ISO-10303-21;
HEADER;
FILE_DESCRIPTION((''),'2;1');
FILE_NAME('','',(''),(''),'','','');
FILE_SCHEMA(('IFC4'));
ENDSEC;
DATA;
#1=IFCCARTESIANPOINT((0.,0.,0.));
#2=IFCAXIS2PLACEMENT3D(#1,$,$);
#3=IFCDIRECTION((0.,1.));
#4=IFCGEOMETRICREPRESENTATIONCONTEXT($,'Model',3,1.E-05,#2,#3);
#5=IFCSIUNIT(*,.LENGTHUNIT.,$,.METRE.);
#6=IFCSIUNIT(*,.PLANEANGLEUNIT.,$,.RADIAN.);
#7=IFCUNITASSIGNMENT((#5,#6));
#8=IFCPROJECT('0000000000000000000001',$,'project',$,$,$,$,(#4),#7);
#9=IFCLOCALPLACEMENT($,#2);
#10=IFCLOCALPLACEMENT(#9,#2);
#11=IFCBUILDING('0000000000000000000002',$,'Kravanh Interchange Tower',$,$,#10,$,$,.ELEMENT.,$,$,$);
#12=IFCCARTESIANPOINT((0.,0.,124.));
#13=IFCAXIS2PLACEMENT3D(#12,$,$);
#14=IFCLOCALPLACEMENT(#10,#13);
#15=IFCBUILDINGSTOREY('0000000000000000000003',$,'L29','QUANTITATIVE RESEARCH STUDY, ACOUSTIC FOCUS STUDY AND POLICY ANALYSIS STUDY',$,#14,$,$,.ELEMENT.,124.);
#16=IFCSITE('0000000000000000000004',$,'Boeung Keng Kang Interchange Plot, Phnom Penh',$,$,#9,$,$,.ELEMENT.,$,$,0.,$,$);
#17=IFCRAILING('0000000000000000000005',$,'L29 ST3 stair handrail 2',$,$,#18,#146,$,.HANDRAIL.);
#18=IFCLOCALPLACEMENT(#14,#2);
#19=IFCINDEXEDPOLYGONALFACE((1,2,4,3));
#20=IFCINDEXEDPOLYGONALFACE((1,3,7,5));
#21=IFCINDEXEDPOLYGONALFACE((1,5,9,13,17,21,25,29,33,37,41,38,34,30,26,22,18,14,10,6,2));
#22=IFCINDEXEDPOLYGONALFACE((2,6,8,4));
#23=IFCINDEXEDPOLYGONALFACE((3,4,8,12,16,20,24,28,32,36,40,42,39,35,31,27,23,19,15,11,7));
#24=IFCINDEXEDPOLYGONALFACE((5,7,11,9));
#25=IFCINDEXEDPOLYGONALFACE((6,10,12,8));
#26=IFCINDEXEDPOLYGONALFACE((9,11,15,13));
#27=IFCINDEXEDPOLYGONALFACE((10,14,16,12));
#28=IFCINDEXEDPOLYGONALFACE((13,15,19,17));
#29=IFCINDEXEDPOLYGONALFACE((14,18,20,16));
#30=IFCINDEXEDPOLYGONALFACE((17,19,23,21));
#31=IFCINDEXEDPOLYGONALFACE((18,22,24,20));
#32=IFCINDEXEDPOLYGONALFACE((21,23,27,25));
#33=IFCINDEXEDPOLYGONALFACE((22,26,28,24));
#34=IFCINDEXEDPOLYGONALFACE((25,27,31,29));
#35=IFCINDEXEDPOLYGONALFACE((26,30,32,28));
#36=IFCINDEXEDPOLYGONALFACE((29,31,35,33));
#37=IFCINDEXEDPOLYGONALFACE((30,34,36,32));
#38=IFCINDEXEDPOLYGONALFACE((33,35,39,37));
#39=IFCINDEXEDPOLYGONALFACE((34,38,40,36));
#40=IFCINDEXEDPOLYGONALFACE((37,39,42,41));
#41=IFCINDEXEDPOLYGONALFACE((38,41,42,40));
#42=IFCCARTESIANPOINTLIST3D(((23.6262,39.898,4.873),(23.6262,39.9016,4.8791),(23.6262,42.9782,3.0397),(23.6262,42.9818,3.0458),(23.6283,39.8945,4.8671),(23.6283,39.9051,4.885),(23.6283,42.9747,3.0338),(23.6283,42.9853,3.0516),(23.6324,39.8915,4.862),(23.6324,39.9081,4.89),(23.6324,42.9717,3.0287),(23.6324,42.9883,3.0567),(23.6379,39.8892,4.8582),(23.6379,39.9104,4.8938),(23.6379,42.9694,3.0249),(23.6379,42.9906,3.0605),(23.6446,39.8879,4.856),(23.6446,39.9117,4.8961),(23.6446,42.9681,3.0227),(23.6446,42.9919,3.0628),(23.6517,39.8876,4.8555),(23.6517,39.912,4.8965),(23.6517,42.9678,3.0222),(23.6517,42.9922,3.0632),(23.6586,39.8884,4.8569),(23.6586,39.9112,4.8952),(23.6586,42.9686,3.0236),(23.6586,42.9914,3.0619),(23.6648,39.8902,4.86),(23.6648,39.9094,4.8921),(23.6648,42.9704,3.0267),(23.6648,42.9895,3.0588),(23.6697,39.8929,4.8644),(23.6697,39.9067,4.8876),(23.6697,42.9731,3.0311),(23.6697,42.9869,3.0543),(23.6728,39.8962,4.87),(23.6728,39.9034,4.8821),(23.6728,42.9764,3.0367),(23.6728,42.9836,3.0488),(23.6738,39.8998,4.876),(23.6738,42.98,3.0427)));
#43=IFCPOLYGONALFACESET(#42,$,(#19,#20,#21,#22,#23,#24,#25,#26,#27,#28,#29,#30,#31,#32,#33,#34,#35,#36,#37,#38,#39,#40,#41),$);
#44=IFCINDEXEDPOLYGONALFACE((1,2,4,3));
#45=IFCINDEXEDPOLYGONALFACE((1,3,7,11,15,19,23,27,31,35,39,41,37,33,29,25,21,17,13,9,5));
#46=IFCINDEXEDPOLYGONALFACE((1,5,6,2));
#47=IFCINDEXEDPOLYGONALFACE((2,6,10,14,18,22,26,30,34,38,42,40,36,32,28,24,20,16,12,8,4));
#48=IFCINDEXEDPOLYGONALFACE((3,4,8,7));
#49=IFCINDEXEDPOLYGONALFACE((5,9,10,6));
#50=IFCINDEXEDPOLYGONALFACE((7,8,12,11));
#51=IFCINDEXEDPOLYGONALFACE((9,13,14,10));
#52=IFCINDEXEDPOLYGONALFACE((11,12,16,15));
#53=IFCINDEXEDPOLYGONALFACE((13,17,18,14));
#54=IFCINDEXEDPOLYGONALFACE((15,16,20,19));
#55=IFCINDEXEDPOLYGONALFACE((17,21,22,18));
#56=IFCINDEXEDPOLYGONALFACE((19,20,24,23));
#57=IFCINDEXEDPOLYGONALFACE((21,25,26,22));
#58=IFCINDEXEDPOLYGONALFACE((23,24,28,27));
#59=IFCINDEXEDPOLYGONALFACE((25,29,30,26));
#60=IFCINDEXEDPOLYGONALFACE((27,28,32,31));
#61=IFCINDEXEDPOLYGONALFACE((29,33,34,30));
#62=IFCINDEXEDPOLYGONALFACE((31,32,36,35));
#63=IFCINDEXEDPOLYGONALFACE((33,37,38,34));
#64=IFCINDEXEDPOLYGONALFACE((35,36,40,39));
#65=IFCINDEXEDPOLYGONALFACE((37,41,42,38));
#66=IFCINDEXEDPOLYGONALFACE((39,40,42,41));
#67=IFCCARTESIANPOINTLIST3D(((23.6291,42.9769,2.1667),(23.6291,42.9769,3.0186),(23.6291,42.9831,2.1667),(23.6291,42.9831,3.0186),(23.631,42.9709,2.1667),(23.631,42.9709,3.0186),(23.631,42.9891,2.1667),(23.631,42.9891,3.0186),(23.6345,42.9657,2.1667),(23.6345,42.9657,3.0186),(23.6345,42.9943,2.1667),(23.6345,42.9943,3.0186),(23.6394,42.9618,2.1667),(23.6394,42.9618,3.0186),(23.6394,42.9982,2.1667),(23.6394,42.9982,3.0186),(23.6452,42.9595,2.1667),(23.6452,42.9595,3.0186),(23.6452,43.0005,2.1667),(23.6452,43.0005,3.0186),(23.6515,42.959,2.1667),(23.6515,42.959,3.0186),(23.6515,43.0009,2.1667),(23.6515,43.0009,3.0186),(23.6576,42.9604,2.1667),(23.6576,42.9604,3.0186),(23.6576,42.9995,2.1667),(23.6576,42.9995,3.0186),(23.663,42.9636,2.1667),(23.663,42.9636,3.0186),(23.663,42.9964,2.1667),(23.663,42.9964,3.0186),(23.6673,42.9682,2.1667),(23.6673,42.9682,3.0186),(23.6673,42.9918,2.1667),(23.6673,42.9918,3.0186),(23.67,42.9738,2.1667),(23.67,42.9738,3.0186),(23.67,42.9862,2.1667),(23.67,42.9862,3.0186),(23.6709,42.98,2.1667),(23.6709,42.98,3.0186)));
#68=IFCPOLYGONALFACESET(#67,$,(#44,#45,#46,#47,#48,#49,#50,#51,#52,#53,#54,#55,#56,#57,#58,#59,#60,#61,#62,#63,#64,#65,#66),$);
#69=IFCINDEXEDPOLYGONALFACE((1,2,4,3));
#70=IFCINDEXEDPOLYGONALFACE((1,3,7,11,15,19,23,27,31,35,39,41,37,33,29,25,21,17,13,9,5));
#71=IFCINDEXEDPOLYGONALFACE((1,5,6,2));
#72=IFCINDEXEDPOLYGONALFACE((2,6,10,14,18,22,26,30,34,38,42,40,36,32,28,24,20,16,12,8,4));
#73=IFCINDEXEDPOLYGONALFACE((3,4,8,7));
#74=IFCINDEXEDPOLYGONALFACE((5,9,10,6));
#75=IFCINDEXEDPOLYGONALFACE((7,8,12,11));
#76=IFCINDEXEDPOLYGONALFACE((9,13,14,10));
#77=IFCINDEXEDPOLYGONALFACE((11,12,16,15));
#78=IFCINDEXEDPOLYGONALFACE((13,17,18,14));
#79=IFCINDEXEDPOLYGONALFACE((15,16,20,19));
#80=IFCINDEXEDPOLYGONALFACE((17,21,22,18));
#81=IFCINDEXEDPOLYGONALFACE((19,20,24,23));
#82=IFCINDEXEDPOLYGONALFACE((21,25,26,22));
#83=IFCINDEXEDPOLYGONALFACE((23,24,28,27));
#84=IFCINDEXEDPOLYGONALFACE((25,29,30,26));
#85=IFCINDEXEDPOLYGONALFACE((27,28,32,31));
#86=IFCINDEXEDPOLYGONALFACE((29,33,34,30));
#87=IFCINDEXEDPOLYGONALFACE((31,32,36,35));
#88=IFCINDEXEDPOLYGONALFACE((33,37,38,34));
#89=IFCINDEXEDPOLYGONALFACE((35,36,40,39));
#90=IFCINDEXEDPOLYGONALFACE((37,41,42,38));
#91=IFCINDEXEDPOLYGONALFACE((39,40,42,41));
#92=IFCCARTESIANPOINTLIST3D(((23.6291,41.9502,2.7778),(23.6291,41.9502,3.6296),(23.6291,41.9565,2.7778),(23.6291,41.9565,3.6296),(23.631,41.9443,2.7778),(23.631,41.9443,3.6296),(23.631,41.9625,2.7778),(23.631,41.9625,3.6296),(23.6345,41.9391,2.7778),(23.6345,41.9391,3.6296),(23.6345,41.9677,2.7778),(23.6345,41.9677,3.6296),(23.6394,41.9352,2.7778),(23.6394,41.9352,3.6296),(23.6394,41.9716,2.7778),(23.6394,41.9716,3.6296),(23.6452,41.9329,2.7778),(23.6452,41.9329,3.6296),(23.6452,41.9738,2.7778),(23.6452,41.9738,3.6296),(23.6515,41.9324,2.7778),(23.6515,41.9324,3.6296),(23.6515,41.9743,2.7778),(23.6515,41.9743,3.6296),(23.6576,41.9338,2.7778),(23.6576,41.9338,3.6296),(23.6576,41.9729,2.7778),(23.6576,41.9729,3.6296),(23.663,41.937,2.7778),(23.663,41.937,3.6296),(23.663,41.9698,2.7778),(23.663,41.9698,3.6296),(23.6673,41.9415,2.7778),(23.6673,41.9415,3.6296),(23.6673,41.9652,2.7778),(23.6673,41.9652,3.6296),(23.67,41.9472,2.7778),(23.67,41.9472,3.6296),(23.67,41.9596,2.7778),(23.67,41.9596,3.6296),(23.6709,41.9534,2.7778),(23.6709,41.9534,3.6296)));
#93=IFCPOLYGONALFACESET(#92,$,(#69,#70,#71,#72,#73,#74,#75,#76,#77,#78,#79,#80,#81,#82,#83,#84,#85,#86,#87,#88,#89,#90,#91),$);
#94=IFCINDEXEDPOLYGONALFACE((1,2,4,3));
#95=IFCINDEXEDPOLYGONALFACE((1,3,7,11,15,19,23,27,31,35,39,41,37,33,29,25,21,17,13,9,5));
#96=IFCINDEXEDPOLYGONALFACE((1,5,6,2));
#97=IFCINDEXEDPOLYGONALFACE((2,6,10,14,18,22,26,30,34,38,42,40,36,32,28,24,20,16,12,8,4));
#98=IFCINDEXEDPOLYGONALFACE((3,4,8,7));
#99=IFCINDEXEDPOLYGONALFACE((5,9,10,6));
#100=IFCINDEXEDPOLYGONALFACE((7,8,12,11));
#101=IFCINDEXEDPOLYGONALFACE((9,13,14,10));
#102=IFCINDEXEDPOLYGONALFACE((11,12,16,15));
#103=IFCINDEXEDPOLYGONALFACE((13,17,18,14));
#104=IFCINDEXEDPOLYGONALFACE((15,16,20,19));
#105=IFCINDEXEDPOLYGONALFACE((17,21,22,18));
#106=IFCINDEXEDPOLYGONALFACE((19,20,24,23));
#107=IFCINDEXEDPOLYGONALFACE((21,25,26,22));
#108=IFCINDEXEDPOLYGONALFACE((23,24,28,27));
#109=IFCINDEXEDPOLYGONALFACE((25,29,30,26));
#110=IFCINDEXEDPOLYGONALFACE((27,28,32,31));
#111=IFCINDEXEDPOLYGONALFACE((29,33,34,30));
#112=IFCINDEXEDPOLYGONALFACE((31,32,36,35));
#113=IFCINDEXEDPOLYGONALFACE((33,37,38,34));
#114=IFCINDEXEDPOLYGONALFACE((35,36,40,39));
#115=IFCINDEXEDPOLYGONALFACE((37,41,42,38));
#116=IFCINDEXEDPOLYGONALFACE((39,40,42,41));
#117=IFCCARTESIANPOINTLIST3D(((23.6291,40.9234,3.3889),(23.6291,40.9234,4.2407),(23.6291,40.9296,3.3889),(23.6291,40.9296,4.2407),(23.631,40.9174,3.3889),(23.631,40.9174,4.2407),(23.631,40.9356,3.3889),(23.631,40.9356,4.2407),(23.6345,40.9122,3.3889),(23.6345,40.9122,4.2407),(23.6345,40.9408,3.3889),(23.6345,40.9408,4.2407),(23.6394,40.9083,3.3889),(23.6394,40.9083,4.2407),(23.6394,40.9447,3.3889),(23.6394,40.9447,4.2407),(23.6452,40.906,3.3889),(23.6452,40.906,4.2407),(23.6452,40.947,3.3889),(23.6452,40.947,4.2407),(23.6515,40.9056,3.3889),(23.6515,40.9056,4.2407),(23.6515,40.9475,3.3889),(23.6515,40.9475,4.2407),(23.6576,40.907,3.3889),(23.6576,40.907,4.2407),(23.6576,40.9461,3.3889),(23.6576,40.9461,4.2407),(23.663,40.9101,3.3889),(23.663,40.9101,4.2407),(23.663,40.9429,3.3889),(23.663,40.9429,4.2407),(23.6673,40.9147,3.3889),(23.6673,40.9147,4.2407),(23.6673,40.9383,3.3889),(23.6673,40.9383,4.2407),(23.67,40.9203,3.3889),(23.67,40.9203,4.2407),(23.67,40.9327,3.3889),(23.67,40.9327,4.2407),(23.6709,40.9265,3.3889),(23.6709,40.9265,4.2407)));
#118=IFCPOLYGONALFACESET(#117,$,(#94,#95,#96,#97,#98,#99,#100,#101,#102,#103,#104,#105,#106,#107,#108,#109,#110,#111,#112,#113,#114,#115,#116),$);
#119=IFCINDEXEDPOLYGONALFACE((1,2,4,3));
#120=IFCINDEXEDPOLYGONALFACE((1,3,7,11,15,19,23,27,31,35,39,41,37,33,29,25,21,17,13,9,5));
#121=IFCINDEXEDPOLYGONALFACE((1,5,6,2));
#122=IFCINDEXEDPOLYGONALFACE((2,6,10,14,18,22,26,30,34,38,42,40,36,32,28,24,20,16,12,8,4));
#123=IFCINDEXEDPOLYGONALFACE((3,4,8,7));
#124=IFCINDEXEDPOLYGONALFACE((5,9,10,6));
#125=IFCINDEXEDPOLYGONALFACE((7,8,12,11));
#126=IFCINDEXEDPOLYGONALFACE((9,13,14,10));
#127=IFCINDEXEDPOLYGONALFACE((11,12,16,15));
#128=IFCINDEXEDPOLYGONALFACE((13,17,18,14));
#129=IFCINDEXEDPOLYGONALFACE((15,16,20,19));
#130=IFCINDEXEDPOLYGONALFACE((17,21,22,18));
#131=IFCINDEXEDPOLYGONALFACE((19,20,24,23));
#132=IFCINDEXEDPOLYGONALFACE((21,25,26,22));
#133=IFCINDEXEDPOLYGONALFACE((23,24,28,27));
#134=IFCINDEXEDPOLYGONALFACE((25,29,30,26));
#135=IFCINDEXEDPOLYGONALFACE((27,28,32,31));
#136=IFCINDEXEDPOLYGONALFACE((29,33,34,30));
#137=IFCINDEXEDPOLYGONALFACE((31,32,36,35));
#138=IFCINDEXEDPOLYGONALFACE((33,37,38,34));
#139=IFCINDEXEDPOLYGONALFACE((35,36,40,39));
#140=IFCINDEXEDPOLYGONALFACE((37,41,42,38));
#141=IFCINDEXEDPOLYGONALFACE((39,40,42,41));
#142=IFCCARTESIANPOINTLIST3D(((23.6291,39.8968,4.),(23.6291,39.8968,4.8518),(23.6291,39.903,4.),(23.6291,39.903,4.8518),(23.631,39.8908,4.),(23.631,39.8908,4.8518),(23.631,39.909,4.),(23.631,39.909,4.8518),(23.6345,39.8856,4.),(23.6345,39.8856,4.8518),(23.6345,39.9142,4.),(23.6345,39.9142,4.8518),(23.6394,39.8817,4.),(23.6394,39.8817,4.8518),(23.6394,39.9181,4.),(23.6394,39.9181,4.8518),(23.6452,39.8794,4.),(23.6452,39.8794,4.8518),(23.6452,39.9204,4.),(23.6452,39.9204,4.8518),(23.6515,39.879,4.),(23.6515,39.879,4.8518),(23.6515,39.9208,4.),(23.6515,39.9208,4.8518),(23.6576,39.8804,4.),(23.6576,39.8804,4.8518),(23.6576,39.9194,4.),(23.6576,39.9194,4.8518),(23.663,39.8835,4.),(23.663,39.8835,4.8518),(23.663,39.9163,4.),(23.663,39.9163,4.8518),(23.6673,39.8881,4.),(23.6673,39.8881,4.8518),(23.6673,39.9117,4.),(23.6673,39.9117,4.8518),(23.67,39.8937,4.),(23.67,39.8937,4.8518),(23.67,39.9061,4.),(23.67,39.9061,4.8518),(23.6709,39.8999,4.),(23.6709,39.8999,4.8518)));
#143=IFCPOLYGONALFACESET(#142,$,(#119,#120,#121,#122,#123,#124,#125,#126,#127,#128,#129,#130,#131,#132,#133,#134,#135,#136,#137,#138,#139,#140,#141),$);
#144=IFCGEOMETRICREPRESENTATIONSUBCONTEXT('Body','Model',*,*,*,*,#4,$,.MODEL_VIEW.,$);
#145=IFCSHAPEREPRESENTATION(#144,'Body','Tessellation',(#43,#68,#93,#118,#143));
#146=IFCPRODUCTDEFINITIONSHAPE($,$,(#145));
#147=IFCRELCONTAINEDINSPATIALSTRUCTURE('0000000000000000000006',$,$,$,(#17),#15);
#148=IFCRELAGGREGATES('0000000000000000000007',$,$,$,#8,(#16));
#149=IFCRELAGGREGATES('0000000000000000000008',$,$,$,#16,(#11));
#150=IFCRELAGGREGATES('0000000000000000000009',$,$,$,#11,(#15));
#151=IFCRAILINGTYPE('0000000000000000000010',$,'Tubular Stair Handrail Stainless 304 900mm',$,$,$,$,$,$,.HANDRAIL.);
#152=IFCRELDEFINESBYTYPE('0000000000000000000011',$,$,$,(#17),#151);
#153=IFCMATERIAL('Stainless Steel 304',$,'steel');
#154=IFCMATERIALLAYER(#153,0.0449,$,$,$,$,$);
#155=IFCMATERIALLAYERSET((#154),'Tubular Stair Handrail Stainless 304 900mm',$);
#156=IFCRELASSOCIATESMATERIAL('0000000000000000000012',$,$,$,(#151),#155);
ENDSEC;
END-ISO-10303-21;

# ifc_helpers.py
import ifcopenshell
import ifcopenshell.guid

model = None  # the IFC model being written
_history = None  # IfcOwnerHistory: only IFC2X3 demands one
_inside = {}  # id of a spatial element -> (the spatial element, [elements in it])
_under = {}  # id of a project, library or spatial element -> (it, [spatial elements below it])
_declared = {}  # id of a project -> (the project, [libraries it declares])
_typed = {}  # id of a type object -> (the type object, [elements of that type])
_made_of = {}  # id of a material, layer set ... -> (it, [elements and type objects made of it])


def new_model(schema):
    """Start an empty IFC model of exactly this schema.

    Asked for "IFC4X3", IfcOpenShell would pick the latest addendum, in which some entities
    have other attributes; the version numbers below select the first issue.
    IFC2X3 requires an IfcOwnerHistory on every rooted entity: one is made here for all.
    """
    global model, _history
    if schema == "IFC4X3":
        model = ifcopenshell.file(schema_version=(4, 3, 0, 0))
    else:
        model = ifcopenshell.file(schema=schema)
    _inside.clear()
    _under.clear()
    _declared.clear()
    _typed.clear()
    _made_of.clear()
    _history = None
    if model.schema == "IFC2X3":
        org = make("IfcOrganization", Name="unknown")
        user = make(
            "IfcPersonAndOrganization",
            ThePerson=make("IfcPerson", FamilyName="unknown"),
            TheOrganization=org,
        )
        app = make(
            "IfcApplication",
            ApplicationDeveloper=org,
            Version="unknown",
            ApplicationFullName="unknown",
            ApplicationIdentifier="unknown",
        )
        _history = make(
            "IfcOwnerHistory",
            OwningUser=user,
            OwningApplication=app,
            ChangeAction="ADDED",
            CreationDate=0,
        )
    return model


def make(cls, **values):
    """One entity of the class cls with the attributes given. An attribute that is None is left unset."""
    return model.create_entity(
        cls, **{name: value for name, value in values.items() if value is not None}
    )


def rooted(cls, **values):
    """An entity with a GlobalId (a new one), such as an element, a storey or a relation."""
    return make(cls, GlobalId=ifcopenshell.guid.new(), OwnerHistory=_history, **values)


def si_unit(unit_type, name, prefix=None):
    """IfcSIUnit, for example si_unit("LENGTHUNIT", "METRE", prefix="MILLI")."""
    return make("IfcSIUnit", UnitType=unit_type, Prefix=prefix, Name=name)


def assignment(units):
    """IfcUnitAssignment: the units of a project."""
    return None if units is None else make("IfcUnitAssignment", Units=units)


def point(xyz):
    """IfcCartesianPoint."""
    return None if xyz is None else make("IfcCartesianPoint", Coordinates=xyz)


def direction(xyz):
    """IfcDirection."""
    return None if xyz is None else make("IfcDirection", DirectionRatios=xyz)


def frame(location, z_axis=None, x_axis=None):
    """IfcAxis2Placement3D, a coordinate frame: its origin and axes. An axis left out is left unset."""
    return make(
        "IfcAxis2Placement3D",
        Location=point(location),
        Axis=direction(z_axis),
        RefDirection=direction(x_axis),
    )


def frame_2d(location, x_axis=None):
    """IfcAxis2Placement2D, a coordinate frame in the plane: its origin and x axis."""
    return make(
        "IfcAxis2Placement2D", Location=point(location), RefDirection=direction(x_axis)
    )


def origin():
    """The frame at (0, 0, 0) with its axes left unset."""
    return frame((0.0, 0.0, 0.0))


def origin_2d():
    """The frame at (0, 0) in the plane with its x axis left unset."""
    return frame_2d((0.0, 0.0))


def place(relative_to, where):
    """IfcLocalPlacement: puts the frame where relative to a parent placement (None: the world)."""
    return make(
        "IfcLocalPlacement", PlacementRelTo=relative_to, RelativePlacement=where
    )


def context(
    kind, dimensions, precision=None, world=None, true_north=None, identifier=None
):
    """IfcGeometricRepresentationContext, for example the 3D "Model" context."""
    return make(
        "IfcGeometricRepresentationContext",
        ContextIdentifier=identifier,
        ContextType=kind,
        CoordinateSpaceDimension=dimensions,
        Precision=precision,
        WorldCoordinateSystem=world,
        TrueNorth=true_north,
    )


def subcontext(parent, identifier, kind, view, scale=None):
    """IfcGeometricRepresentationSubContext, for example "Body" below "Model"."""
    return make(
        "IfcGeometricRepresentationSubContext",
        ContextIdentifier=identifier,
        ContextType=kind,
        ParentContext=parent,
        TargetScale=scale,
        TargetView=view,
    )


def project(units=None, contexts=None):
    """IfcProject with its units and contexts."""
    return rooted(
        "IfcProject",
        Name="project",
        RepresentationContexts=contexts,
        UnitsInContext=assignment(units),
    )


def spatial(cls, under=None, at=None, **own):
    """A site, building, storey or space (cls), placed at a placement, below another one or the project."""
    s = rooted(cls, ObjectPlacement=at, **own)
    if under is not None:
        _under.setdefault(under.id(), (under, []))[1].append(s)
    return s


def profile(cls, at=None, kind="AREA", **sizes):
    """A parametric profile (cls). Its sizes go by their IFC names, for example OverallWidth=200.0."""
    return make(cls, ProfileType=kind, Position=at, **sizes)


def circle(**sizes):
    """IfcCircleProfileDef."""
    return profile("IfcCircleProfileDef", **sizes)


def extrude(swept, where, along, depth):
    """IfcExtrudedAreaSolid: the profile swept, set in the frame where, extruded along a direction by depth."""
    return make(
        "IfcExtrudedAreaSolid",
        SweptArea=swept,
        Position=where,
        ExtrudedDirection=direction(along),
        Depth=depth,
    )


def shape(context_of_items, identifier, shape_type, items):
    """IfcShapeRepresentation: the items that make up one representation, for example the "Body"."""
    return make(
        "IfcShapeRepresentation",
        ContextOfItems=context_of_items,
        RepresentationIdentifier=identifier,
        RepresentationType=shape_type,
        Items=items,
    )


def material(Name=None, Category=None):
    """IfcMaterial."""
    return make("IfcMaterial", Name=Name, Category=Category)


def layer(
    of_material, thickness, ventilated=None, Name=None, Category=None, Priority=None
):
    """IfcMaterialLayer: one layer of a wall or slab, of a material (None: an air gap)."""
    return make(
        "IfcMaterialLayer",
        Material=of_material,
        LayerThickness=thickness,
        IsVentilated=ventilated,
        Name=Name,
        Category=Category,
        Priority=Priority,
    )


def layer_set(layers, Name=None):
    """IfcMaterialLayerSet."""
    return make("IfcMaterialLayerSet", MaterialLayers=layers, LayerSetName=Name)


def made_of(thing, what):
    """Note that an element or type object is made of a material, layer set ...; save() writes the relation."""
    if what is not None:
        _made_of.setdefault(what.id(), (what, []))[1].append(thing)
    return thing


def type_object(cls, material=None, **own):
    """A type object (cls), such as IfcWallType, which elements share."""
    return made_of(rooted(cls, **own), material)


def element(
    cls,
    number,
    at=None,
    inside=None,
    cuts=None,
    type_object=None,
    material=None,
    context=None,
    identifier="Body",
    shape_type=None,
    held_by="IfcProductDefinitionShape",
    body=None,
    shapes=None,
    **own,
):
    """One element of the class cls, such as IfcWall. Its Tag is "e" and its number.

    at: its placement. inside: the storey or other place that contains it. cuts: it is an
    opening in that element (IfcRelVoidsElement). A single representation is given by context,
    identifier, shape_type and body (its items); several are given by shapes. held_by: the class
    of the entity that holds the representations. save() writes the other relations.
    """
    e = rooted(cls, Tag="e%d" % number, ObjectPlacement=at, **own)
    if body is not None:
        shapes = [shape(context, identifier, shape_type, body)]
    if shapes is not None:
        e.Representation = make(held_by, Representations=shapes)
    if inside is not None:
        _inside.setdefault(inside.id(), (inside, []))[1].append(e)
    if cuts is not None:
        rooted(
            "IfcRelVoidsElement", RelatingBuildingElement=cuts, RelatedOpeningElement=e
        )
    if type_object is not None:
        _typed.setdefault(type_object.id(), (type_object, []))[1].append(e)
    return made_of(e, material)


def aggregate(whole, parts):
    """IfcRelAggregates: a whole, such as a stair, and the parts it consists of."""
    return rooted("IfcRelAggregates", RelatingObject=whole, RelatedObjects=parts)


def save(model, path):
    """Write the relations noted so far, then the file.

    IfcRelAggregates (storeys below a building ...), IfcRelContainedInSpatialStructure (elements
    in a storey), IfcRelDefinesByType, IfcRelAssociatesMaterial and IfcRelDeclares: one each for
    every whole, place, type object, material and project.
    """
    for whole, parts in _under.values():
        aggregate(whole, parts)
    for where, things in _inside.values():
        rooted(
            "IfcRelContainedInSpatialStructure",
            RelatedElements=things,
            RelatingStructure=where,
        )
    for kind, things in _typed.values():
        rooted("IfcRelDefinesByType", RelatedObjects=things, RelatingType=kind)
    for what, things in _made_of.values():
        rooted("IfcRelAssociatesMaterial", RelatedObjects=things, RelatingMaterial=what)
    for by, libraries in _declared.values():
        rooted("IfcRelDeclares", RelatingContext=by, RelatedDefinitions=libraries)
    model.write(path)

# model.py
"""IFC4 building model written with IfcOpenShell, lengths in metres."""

from ifc_helpers import new_model, si_unit, direction, frame, origin, origin_2d, place, context, subcontext, project, spatial, circle, extrude, material, layer, layer_set, type_object, element, save


model = new_model("IFC4")

# Units and contexts
model_context = context("Model", 3, precision=1e-05, world=origin(), true_north=direction((0.0, 1.0)))
body_context = subcontext(model_context, "Body", "Model", "MODEL_VIEW")
ifc_project = project(units=[si_unit("LENGTHUNIT", "METRE"), si_unit("PLANEANGLEUNIT", "RADIAN")], contexts=[model_context])

# Site, building, storey
site_placement = place(None, origin())
site = spatial("IfcSite", under=ifc_project, at=site_placement, Name="Boeung Keng Kang Interchange Plot, Phnom Penh", CompositionType="ELEMENT", RefElevation=0.0)
building_placement = place(site_placement, origin())
building = spatial("IfcBuilding", under=site, at=building_placement, Name="Kravanh Interchange Tower", CompositionType="ELEMENT")
storey_placement = place(building_placement, frame((0.0, 0.0, 124.0)))
storey = spatial("IfcBuildingStorey", under=building, at=storey_placement, Name="L29", Description="QUANTITATIVE RESEARCH STUDY, ACOUSTIC FOCUS STUDY AND POLICY ANALYSIS STUDY", CompositionType="ELEMENT", Elevation=124.0)

# Railing
ifc_material_1 = material(Name="Stainless Steel 304", Category="steel")
ifc_layer_1 = layer(ifc_material_1, 0.0449)
ifc_layer_set_1 = layer_set([ifc_layer_1], Name="Tubular Stair Handrail Stainless 304 900mm")
railing_type = type_object("IfcRailingType", Name="Tubular Stair Handrail Stainless 304 900mm", PredefinedType="HANDRAIL", material=ifc_layer_set_1)
railing_placement = place(storey_placement, frame((23.6499, 42.98, 2.1667)))
element("IfcRailing", 1, at=railing_placement, inside=storey, type_object=railing_type, Name="L29 ST3 stair handrail 2", PredefinedType="HANDRAIL", context=body_context, shape_type="SweptSolid", body=[
    extrude(circle(Radius=0.0239, at=origin_2d()), frame((0.0, 0.0, 0.876), z_axis=(0.0, -0.859309, 0.511458), x_axis=(1.0, 0.0, 0.0)), (0.0, 0.0, 1.0), 3.5845),
    extrude(circle(Radius=0.021, at=origin_2d()), origin(), (0.0, 0.0, 1.0), 0.8518),
    extrude(circle(Radius=0.021, at=origin_2d()), frame((0.0, -1.0266, 0.6111)), (0.0, 0.0, 1.0), 0.8518),
    extrude(circle(Radius=0.021, at=origin_2d()), frame((0.0, -2.0535, 1.2222)), (0.0, 0.0, 1.0), 0.8518),
    extrude(circle(Radius=0.021, at=origin_2d()), frame((0.0, -3.0801, 1.8333)), (0.0, 0.0, 1.0), 0.8518),
])

save(model, "model.ifc")
